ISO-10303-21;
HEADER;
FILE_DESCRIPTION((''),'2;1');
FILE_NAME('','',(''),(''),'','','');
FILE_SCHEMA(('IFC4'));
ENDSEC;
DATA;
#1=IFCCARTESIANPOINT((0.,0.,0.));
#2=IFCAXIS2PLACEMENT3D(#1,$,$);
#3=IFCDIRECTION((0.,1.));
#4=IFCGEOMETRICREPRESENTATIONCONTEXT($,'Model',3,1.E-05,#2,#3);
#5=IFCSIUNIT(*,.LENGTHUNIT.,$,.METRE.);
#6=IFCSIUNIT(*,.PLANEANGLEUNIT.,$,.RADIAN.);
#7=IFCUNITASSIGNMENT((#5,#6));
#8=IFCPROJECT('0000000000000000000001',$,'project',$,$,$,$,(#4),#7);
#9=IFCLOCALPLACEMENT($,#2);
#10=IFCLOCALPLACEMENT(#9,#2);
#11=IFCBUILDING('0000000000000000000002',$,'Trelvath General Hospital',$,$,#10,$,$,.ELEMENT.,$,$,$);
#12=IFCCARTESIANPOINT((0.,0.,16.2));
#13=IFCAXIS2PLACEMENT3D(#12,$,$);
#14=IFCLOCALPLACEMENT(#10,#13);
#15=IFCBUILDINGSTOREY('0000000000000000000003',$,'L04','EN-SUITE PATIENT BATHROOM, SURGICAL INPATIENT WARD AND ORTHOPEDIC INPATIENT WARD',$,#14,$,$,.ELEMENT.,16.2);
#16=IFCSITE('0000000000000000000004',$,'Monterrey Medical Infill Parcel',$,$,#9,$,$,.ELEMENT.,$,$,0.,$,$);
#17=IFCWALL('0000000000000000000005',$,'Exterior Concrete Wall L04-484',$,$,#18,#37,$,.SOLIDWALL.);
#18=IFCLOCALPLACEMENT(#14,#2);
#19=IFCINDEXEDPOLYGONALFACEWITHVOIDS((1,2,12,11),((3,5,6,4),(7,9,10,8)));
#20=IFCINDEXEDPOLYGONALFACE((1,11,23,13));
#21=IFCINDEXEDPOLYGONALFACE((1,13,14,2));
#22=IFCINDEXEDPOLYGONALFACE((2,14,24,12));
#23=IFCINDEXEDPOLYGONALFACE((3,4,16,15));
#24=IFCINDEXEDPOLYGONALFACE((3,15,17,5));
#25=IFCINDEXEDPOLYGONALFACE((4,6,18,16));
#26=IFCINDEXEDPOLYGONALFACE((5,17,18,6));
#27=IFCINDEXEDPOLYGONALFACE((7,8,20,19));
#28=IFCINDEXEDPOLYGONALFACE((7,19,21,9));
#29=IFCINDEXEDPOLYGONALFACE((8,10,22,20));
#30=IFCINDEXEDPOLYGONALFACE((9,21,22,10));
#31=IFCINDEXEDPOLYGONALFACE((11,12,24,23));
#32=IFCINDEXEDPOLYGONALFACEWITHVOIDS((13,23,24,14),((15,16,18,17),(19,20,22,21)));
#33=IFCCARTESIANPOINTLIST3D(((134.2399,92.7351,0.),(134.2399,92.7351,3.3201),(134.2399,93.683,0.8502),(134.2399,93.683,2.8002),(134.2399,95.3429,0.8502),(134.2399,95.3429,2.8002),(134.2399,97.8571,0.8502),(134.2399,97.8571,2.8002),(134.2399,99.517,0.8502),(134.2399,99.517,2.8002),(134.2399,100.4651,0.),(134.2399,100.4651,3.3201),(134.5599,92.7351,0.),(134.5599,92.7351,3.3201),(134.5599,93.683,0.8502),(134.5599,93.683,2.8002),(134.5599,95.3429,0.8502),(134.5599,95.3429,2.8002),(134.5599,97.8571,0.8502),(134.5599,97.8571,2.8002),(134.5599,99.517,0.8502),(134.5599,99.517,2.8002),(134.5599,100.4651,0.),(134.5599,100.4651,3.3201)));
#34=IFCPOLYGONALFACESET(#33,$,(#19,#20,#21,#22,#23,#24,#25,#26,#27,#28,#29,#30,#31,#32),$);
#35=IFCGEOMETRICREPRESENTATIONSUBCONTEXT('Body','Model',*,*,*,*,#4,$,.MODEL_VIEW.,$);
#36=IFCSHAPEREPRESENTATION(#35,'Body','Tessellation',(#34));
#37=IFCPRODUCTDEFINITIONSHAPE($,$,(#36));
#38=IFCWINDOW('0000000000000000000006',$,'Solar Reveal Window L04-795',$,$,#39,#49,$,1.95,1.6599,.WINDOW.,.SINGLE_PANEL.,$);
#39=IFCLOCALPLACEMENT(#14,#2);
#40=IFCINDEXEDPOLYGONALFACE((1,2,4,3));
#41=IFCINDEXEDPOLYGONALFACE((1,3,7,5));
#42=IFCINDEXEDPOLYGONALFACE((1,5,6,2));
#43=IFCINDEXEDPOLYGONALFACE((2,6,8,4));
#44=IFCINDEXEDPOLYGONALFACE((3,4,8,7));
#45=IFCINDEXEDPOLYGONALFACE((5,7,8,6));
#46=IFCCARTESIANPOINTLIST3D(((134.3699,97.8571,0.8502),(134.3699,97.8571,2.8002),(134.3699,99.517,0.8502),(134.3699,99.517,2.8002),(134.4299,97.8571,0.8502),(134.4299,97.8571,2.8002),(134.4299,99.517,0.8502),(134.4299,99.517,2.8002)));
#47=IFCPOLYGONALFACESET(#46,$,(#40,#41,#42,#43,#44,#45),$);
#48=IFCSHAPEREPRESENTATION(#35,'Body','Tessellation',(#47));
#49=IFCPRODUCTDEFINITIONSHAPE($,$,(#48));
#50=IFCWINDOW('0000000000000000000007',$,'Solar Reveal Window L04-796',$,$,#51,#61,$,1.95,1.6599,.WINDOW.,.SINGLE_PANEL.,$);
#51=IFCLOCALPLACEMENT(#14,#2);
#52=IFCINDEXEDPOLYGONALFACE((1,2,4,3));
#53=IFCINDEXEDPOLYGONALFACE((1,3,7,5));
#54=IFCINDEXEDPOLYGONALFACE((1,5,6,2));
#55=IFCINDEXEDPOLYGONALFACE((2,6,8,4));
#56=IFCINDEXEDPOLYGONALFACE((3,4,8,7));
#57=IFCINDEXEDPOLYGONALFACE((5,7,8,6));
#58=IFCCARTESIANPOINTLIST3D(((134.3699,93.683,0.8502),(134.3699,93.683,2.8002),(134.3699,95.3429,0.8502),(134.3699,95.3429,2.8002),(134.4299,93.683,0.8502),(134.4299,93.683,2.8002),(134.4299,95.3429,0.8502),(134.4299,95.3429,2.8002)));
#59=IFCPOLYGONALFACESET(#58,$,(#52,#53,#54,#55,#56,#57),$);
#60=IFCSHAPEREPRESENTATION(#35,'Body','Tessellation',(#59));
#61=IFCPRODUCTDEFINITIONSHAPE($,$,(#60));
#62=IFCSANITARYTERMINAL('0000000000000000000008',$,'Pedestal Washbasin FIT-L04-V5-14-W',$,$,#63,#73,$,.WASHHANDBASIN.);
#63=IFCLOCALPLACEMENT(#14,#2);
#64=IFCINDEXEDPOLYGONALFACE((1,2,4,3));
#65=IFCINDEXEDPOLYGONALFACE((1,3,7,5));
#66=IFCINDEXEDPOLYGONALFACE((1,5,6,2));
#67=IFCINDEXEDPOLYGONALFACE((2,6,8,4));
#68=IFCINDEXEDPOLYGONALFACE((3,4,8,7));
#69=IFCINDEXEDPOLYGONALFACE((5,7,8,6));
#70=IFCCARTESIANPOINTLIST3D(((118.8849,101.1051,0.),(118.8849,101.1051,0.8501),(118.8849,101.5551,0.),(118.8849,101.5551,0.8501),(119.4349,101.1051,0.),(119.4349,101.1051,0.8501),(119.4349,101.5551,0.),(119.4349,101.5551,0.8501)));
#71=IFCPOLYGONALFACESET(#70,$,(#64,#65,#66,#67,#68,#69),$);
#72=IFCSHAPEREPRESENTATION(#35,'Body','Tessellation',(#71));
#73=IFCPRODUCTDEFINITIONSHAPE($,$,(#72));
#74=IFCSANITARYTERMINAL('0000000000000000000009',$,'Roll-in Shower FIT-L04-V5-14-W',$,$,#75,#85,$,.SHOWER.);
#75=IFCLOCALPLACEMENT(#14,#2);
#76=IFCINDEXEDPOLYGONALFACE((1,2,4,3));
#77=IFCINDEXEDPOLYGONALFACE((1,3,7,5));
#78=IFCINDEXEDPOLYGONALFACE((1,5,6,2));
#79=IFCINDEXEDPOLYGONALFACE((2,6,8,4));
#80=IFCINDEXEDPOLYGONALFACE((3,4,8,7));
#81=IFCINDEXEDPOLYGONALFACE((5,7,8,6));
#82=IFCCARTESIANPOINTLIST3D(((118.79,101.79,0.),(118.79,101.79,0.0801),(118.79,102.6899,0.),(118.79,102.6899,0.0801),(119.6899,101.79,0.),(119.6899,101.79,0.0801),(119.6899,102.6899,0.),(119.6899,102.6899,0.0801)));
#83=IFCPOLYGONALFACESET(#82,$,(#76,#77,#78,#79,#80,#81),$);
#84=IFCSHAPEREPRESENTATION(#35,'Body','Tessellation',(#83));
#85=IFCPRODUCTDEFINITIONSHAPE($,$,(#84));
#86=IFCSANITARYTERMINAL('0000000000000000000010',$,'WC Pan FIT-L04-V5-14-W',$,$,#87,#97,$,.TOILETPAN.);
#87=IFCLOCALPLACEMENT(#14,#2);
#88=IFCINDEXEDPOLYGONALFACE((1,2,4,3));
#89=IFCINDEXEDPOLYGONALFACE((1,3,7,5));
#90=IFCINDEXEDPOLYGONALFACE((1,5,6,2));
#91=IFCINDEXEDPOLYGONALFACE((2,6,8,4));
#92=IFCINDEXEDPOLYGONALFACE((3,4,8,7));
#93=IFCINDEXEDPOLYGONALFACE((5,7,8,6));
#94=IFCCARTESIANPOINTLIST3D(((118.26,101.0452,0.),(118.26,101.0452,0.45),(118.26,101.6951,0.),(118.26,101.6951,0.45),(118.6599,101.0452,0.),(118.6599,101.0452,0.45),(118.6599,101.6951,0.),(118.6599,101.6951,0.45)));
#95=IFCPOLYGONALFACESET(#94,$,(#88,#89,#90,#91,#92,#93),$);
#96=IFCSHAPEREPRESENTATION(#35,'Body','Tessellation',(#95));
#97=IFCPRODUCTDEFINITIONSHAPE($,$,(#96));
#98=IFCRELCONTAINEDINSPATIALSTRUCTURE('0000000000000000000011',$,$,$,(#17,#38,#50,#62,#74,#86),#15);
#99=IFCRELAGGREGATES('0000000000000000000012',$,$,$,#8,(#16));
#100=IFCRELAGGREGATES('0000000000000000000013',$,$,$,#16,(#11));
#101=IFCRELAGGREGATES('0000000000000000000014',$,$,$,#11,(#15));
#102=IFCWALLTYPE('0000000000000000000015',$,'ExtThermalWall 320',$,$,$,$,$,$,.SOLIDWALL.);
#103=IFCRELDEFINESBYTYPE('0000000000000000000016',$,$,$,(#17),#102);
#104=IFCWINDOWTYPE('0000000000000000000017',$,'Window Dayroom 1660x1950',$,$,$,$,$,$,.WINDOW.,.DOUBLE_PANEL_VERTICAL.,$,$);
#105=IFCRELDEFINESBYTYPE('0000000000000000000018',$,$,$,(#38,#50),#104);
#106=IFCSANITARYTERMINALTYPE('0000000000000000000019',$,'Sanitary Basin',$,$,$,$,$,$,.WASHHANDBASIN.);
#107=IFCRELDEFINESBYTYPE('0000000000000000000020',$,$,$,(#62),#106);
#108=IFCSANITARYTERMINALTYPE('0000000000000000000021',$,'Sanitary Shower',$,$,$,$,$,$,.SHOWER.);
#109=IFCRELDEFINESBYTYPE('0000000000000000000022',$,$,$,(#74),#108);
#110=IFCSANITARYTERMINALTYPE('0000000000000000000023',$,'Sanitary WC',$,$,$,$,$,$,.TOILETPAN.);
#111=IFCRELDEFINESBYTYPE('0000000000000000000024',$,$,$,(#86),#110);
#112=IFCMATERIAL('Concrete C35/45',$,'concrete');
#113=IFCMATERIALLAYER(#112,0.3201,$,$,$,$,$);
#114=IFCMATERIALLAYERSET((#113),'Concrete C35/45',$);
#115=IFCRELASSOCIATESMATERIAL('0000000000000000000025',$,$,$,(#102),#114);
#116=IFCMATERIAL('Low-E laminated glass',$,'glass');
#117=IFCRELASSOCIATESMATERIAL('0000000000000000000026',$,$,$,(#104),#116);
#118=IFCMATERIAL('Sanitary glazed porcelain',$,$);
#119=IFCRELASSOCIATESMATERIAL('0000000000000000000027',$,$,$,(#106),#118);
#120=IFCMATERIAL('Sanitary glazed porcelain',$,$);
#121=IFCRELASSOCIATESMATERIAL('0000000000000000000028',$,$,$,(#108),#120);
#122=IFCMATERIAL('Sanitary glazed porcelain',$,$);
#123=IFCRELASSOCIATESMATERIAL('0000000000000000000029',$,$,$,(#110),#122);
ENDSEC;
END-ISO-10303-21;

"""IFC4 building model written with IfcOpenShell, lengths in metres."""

from ifc_helpers import new_model, si_unit, direction, frame, frame_2d, origin, origin_2d, place, context, subcontext, project, spatial, rectangle, extrude, material, layer, layer_set, type_object, element, fill, save


model = new_model("IFC4")

# Units and contexts
model_context = context("Model", 3, precision=1e-05, world=origin(), true_north=direction((0.0, 1.0)))
body_context = subcontext(model_context, "Body", "Model", "MODEL_VIEW")
ifc_project = project(units=[si_unit("LENGTHUNIT", "METRE"), si_unit("PLANEANGLEUNIT", "RADIAN")], contexts=[model_context])

# Site, building, storey
site_placement = place(None, origin())
site = spatial("IfcSite", under=ifc_project, at=site_placement, Name="Monterrey Medical Infill Parcel", CompositionType="ELEMENT", RefElevation=0.0)
building_placement = place(site_placement, origin())
building = spatial("IfcBuilding", under=site, at=building_placement, Name="Trelvath General Hospital", CompositionType="ELEMENT")
storey_placement = place(building_placement, frame((0.0, 0.0, 16.2)))
storey = spatial("IfcBuildingStorey", under=building, at=storey_placement, Name="L04", Description="EN-SUITE PATIENT BATHROOM, SURGICAL INPATIENT WARD AND ORTHOPEDIC INPATIENT WARD", CompositionType="ELEMENT", Elevation=16.2)

# Wall, openings, windows
ifc_material_1 = material(Name="Concrete C35/45", Category="concrete")
ifc_layer_1 = layer(ifc_material_1, 0.3201)
ifc_layer_set_1 = layer_set([ifc_layer_1], Name="Concrete C35/45")
wall_type_1 = type_object("IfcWallType", Name="ExtThermalWall 320", PredefinedType="SOLIDWALL", material=ifc_layer_set_1)
wall_1_placement = place(storey_placement, frame((134.3999, 100.4651, 0.0), z_axis=(0.0, 0.0, 1.0), x_axis=(0.0, -1.0, 0.0)))
wall_1 = element("IfcWall", 1, at=wall_1_placement, inside=storey, type_object=wall_type_1, Name="Exterior Concrete Wall L04-484", PredefinedType="SOLIDWALL", context=body_context, shape_type="SweptSolid", body=[
    extrude(rectangle(XDim=7.73, YDim=0.3201, at=frame_2d((3.865, 0.0))), origin(), (0.0, 0.0, 1.0), 3.3201),
])
opening_1_placement = place(wall_1_placement, frame((0.948, 0.0, 0.8501)))
opening_1 = element("IfcOpeningElement", 2, at=opening_1_placement, cuts=wall_1, PredefinedType="OPENING", context=body_context, shape_type="SweptSolid", body=[
    extrude(rectangle(XDim=1.6599, YDim=1.95, at=frame_2d((0.8301, 0.9751))), frame((0.0, 0.1699, 0.0), z_axis=(0.0, -1.0, 0.0), x_axis=(1.0, 0.0, 0.0)), (0.0, 0.0, 1.0), 0.3401),
])
opening_2_placement = place(wall_1_placement, frame((5.1221, 0.0, 0.8501)))
opening_2 = element("IfcOpeningElement", 3, at=opening_2_placement, cuts=wall_1, PredefinedType="OPENING", context=body_context, shape_type="SweptSolid", body=[
    extrude(rectangle(XDim=1.6599, YDim=1.95, at=frame_2d((0.8301, 0.9751))), frame((0.0, 0.1699, 0.0), z_axis=(0.0, -1.0, 0.0), x_axis=(1.0, 0.0, 0.0)), (0.0, 0.0, 1.0), 0.3401),
])
ifc_material_2 = material(Name="Low-E laminated glass", Category="glass")
window_type = type_object("IfcWindowType", Name="Window Dayroom 1660x1950", PartitioningType="DOUBLE_PANEL_VERTICAL", PredefinedType="WINDOW", material=ifc_material_2)
window_1_placement = place(opening_1_placement, origin())
window_1 = element("IfcWindow", 4, at=window_1_placement, inside=storey, type_object=window_type, Name="Solar Reveal Window L04-795", OverallHeight=1.95, OverallWidth=1.6599, PartitioningType="SINGLE_PANEL", PredefinedType="WINDOW", context=body_context, shape_type="SweptSolid", body=[
    extrude(rectangle(XDim=1.6599, YDim=1.95, at=frame_2d((0.8301, 0.9751))), frame((0.0, 0.03, 0.0), z_axis=(0.0, -1.0, 0.0), x_axis=(1.0, 0.0, 0.0)), (0.0, 0.0, 1.0), 0.0601),
])
fill(opening_1, window_1)
window_2_placement = place(opening_2_placement, origin())
window_2 = element("IfcWindow", 5, at=window_2_placement, inside=storey, type_object=window_type, Name="Solar Reveal Window L04-796", OverallHeight=1.95, OverallWidth=1.6599, PartitioningType="SINGLE_PANEL", PredefinedType="WINDOW", context=body_context, shape_type="SweptSolid", body=[
    extrude(rectangle(XDim=1.6599, YDim=1.95, at=frame_2d((0.8301, 0.9751))), frame((0.0, 0.03, 0.0), z_axis=(0.0, -1.0, 0.0), x_axis=(1.0, 0.0, 0.0)), (0.0, 0.0, 1.0), 0.0601),
])
fill(opening_2, window_2)

# Sanitary terminals
ifc_material_3 = material(Name="Sanitary glazed porcelain")
sanitary_terminal_type_1 = type_object("IfcSanitaryTerminalType", Name="Sanitary Basin", PredefinedType="WASHHANDBASIN", material=ifc_material_3)
sanitary_terminal_1_placement = place(storey_placement, frame((119.1599, 101.3301, 0.0), z_axis=(0.0, 0.0, 1.0), x_axis=(1.0, 0.0, 0.0)))
element("IfcSanitaryTerminal", 6, at=sanitary_terminal_1_placement, inside=storey, type_object=sanitary_terminal_type_1, Name="Pedestal Washbasin FIT-L04-V5-14-W", PredefinedType="WASHHANDBASIN", context=body_context, shape_type="SweptSolid", body=[
    extrude(rectangle(XDim=0.55, YDim=0.45, at=origin_2d()), origin(), (0.0, 0.0, 1.0), 0.8501),
])
ifc_material_4 = material(Name="Sanitary glazed porcelain")
sanitary_terminal_type_2 = type_object("IfcSanitaryTerminalType", Name="Sanitary Shower", PredefinedType="SHOWER", material=ifc_material_4)
sanitary_terminal_2_placement = place(storey_placement, frame((119.24, 102.24, 0.0), z_axis=(0.0, 0.0, 1.0), x_axis=(1.0, 0.0, 0.0)))
element("IfcSanitaryTerminal", 7, at=sanitary_terminal_2_placement, inside=storey, type_object=sanitary_terminal_type_2, Name="Roll-in Shower FIT-L04-V5-14-W", PredefinedType="SHOWER", context=body_context, shape_type="SweptSolid", body=[
    extrude(rectangle(XDim=0.8999, YDim=0.8999, at=origin_2d()), origin(), (0.0, 0.0, 1.0), 0.0801),
])
ifc_material_5 = material(Name="Sanitary glazed porcelain")
sanitary_terminal_type_3 = type_object("IfcSanitaryTerminalType", Name="Sanitary WC", PredefinedType="TOILETPAN", material=ifc_material_5)
sanitary_terminal_3_placement = place(storey_placement, frame((118.46, 101.3701, 0.0), z_axis=(0.0, 0.0, 1.0), x_axis=(1.0, 0.0, 0.0)))
element("IfcSanitaryTerminal", 8, at=sanitary_terminal_3_placement, inside=storey, type_object=sanitary_terminal_type_3, Name="WC Pan FIT-L04-V5-14-W", PredefinedType="TOILETPAN", context=body_context, shape_type="SweptSolid", body=[
    extrude(rectangle(XDim=0.3999, YDim=0.6499, at=origin_2d()), origin(), (0.0, 0.0, 1.0), 0.45),
])

save(model, "model.ifc")
